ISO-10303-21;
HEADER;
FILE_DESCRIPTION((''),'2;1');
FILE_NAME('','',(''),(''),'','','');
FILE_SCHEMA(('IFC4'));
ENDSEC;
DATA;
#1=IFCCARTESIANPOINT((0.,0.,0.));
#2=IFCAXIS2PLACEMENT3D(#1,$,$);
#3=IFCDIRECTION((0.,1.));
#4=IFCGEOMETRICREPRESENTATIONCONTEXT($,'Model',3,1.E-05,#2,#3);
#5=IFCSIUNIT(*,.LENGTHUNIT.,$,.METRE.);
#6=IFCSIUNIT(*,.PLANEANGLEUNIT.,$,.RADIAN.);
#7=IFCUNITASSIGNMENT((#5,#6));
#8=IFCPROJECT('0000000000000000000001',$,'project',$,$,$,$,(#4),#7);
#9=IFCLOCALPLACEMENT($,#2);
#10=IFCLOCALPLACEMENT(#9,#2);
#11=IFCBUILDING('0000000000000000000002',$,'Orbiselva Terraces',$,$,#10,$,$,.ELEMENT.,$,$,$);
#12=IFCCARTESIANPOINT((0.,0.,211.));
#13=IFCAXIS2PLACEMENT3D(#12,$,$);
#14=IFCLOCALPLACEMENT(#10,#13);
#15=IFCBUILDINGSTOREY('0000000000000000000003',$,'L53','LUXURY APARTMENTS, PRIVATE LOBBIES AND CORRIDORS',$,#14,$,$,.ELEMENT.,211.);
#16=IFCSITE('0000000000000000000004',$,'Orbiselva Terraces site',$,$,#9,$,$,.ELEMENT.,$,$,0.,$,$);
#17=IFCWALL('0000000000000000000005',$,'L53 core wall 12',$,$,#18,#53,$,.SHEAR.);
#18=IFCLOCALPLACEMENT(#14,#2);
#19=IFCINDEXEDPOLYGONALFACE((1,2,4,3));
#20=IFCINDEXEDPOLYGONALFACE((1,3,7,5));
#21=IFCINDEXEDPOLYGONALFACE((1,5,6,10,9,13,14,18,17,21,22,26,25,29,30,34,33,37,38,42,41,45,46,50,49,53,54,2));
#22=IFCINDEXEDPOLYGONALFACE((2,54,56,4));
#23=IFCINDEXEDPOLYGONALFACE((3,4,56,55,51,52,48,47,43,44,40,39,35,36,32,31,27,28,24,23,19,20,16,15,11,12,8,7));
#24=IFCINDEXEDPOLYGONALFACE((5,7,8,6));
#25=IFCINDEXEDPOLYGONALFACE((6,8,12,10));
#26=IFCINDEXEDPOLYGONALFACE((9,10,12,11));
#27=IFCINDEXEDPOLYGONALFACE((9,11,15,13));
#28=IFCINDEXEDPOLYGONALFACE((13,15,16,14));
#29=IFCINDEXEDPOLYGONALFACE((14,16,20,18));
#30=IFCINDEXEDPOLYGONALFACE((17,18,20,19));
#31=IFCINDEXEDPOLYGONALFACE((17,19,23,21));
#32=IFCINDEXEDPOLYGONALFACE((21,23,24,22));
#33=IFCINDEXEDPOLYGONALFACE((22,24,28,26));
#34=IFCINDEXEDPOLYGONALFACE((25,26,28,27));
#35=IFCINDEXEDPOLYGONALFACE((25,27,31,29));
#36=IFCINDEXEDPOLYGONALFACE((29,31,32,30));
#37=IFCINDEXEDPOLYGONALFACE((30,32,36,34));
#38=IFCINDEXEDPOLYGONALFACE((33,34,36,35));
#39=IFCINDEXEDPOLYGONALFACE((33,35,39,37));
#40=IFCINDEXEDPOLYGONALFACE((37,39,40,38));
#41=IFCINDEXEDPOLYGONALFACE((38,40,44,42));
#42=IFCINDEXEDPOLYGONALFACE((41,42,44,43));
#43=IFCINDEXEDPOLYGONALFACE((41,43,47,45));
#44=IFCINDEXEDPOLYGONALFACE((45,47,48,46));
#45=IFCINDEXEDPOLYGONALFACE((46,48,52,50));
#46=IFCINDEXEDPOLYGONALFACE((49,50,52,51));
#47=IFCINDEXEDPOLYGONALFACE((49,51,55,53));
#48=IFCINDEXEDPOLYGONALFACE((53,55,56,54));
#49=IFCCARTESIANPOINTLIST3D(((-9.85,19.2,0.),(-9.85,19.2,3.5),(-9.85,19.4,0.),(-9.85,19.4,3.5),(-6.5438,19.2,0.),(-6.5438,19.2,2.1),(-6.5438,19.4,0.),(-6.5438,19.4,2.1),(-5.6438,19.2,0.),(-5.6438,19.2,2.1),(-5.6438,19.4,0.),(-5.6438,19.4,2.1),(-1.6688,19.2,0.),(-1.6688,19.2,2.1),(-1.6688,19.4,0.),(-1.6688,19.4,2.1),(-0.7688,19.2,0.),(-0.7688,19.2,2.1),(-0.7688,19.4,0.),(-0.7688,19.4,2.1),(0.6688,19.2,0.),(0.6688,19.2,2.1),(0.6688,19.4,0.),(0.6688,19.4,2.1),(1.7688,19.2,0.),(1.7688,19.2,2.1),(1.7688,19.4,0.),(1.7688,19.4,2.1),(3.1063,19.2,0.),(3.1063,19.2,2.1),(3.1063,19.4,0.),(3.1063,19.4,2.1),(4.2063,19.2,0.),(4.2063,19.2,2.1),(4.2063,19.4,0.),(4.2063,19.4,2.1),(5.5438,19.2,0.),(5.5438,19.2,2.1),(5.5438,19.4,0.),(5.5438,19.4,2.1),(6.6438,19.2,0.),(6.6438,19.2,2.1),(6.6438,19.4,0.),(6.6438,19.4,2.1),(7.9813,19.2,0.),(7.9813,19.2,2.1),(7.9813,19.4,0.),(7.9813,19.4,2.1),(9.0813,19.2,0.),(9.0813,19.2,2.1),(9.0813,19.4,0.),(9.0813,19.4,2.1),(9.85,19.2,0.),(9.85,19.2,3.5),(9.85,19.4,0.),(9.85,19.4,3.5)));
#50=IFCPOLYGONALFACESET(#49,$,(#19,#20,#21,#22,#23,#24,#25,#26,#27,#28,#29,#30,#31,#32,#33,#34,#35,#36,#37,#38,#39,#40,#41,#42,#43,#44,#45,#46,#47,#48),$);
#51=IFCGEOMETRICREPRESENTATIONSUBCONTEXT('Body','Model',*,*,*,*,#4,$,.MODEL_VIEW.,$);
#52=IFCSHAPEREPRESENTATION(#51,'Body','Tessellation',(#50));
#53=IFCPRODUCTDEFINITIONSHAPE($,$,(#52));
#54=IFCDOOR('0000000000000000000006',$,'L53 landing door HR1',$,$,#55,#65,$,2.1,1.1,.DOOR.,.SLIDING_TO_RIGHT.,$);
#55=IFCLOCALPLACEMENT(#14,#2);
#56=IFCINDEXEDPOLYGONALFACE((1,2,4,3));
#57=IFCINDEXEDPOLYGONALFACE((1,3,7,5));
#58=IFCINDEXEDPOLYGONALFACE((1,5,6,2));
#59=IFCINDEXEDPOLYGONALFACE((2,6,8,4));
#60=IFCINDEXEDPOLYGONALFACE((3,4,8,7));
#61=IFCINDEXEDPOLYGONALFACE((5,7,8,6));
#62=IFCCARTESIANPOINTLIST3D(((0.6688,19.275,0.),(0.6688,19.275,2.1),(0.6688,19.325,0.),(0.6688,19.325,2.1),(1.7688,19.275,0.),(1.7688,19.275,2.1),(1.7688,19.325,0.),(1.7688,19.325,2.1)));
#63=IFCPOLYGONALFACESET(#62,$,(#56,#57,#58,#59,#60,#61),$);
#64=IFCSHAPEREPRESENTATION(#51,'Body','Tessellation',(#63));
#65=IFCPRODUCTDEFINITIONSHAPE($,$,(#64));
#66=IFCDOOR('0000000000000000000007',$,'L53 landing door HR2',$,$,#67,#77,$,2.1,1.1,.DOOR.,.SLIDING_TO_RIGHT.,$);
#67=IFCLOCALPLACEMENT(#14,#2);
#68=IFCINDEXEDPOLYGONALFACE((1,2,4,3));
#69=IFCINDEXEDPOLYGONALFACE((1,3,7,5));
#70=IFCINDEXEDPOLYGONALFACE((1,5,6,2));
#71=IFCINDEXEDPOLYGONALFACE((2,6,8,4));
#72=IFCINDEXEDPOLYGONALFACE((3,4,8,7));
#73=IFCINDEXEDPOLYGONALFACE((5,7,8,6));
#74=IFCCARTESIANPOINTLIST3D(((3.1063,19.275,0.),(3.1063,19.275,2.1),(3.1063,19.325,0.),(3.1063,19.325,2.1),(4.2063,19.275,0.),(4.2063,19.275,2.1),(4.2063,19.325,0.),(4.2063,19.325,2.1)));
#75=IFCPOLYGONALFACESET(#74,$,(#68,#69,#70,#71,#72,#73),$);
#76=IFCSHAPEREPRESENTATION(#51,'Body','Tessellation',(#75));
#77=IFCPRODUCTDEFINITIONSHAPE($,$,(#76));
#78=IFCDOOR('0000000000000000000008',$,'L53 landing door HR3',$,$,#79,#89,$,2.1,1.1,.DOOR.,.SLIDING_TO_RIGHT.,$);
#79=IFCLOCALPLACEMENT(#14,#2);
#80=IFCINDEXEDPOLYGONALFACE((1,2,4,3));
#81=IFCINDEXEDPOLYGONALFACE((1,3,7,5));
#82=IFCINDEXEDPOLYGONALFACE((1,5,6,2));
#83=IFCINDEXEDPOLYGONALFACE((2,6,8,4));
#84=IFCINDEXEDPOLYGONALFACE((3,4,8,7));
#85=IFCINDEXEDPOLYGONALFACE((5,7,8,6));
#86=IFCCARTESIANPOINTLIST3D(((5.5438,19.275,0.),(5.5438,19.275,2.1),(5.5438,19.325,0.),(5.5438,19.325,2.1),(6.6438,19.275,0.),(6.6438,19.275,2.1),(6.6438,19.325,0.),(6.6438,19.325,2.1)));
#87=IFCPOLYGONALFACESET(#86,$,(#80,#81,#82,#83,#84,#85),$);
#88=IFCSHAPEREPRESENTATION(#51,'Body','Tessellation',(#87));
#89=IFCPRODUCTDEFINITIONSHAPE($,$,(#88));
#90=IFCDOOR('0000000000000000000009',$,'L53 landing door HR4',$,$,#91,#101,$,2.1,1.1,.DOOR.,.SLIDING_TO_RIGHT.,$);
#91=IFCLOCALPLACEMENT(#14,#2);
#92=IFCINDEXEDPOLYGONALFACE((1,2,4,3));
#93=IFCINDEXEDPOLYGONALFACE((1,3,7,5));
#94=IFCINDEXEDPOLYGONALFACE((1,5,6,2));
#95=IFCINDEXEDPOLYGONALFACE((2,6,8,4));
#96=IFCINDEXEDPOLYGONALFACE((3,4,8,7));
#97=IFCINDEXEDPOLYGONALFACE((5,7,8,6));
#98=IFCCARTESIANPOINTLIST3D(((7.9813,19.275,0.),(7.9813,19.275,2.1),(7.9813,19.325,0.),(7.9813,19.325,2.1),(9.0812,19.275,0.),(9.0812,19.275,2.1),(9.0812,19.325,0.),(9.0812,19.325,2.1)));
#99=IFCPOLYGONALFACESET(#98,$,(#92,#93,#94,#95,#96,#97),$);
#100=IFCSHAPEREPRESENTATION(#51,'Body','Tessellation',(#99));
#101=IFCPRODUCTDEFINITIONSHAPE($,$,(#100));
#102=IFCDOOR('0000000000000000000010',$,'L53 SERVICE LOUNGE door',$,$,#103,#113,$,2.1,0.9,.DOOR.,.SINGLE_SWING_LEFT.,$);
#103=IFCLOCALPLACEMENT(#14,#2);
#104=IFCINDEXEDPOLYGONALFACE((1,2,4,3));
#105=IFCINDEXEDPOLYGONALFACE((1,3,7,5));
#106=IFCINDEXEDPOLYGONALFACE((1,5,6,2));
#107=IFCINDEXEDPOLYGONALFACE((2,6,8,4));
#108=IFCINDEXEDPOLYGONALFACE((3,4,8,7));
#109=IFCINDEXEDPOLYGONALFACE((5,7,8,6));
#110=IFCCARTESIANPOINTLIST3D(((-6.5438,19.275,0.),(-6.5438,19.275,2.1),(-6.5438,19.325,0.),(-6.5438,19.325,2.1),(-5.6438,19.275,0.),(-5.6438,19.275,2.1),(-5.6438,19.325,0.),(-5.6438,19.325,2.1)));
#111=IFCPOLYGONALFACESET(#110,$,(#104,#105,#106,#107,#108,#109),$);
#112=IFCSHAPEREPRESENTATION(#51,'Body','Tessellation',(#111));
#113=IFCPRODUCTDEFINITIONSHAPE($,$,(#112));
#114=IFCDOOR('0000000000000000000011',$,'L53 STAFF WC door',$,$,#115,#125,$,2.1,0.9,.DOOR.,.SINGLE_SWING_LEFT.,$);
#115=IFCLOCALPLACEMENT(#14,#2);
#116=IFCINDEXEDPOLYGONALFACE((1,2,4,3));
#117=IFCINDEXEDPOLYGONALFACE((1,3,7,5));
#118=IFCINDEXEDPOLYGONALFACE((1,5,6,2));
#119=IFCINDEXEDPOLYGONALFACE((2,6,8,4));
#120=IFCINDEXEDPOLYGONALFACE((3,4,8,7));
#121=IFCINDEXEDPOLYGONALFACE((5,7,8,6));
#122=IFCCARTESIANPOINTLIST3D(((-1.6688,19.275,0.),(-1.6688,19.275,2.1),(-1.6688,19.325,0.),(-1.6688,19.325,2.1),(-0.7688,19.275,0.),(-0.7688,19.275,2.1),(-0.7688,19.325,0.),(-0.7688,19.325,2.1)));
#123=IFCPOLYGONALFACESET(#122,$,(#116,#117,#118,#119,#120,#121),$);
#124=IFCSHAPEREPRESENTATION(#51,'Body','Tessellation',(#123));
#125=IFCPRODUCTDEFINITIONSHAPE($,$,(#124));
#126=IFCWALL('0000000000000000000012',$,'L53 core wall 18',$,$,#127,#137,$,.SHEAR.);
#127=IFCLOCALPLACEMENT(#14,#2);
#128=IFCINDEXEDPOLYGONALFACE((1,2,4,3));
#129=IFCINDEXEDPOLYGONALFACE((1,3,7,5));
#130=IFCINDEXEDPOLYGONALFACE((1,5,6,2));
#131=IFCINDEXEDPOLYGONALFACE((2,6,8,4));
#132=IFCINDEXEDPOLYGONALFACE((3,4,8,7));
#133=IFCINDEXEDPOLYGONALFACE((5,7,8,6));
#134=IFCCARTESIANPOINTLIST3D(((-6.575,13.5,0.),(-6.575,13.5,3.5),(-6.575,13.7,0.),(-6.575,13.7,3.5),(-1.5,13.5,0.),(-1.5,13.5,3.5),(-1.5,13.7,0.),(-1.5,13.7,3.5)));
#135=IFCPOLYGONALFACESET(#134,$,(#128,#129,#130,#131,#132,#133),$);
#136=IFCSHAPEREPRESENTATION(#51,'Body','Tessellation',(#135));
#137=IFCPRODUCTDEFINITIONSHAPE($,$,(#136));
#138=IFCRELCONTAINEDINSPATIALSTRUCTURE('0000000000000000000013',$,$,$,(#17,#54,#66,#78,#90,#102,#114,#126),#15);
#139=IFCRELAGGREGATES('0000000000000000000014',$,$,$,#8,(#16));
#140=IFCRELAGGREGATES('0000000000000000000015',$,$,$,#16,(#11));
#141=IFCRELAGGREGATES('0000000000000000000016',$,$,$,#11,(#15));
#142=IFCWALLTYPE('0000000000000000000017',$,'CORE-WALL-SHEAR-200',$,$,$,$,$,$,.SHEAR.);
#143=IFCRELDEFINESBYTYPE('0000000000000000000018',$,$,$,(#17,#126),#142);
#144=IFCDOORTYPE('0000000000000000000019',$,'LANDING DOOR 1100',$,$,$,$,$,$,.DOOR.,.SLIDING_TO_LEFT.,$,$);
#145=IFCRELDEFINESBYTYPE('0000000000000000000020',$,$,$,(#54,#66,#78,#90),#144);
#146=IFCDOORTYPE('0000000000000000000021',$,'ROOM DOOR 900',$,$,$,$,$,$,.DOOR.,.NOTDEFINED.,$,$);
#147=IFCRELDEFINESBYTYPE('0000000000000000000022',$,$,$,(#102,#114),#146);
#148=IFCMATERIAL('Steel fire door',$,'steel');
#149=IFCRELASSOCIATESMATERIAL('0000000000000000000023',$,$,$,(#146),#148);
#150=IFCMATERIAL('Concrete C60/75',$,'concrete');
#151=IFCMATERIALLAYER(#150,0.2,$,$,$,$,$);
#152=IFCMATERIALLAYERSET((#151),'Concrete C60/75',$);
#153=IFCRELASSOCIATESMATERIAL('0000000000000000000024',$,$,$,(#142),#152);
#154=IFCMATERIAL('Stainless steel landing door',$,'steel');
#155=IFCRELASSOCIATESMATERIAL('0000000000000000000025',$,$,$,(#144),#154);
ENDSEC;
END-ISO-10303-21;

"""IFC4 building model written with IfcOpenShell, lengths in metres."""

from ifc_helpers import new_model, si_unit, direction, frame, frame_2d, origin, place, context, subcontext, project, spatial, rectangle, extrude, material, layer, layer_set, type_object, element, fill, save


model = new_model("IFC4")

# Units and contexts
model_context = context("Model", 3, precision=1e-05, world=origin(), true_north=direction((0.0, 1.0)))
body_context = subcontext(model_context, "Body", "Model", "MODEL_VIEW")
ifc_project = project(units=[si_unit("LENGTHUNIT", "METRE"), si_unit("PLANEANGLEUNIT", "RADIAN")], contexts=[model_context])

# Site, building, storey
site_placement = place(None, origin())
site = spatial("IfcSite", under=ifc_project, at=site_placement, Name="Orbiselva Terraces site", CompositionType="ELEMENT", RefElevation=0.0)
building_placement = place(site_placement, origin())
building = spatial("IfcBuilding", under=site, at=building_placement, Name="Orbiselva Terraces", CompositionType="ELEMENT")
storey_placement = place(building_placement, frame((0.0, 0.0, 211.0)))
storey = spatial("IfcBuildingStorey", under=building, at=storey_placement, Name="L53", Description="LUXURY APARTMENTS, PRIVATE LOBBIES AND CORRIDORS", CompositionType="ELEMENT", Elevation=211.0)

# Shared definitions
ifc_material_1 = material(Name="Steel fire door", Category="steel")
door_type_1 = type_object("IfcDoorType", Name="ROOM DOOR 900", OperationType="NOTDEFINED", PredefinedType="DOOR", material=ifc_material_1)

# Shared definitions
ifc_material_2 = material(Name="Concrete C60/75", Category="concrete")
ifc_layer_1 = layer(ifc_material_2, 0.2)
ifc_layer_set_1 = layer_set([ifc_layer_1], Name="Concrete C60/75")
wall_type_1 = type_object("IfcWallType", Name="CORE-WALL-SHEAR-200", PredefinedType="SHEAR", material=ifc_layer_set_1)

# Wall, openings, doors
wall_1_placement = place(storey_placement, frame((-9.85, 19.3, 0.0), z_axis=(0.0, 0.0, 1.0), x_axis=(1.0, 0.0, 0.0)))
wall_1 = element("IfcWall", 1, at=wall_1_placement, inside=storey, type_object=wall_type_1, Name="L53 core wall 12", PredefinedType="SHEAR", context=body_context, shape_type="SweptSolid", body=[
    extrude(rectangle(XDim=19.7, YDim=0.2, at=frame_2d((9.85, 0.0))), origin(), (0.0, 0.0, 1.0), 3.5),
])
opening_1_placement = place(wall_1_placement, frame((10.5188, 0.0, 0.0)))
opening_1 = element("IfcOpeningElement", 2, at=opening_1_placement, cuts=wall_1, PredefinedType="OPENING", context=body_context, shape_type="SweptSolid", body=[
    extrude(rectangle(XDim=1.1, YDim=2.1, at=frame_2d((0.55, 1.05))), frame((0.0, 0.11, 0.0), z_axis=(0.0, -1.0, 0.0), x_axis=(1.0, 0.0, 0.0)), (0.0, 0.0, 1.0), 0.22),
])
opening_2_placement = place(wall_1_placement, frame((12.9563, 0.0, 0.0)))
opening_2 = element("IfcOpeningElement", 3, at=opening_2_placement, cuts=wall_1, PredefinedType="OPENING", context=body_context, shape_type="SweptSolid", body=[
    extrude(rectangle(XDim=1.1, YDim=2.1, at=frame_2d((0.55, 1.05))), frame((0.0, 0.11, 0.0), z_axis=(0.0, -1.0, 0.0), x_axis=(1.0, 0.0, 0.0)), (0.0, 0.0, 1.0), 0.22),
])
opening_3_placement = place(wall_1_placement, frame((15.3938, 0.0, 0.0)))
opening_3 = element("IfcOpeningElement", 4, at=opening_3_placement, cuts=wall_1, PredefinedType="OPENING", context=body_context, shape_type="SweptSolid", body=[
    extrude(rectangle(XDim=1.1, YDim=2.1, at=frame_2d((0.55, 1.05))), frame((0.0, 0.11, 0.0), z_axis=(0.0, -1.0, 0.0), x_axis=(1.0, 0.0, 0.0)), (0.0, 0.0, 1.0), 0.22),
])
opening_4_placement = place(wall_1_placement, frame((17.8313, 0.0, 0.0)))
opening_4 = element("IfcOpeningElement", 5, at=opening_4_placement, cuts=wall_1, PredefinedType="OPENING", context=body_context, shape_type="SweptSolid", body=[
    extrude(rectangle(XDim=1.1, YDim=2.1, at=frame_2d((0.55, 1.05))), frame((0.0, 0.11, 0.0), z_axis=(0.0, -1.0, 0.0), x_axis=(1.0, 0.0, 0.0)), (0.0, 0.0, 1.0), 0.22),
])
opening_5_placement = place(wall_1_placement, frame((3.3062, 0.0, 0.0)))
opening_5 = element("IfcOpeningElement", 6, at=opening_5_placement, cuts=wall_1, PredefinedType="OPENING", context=body_context, shape_type="SweptSolid", body=[
    extrude(rectangle(XDim=0.9, YDim=2.1, at=frame_2d((0.45, 1.05))), frame((0.0, 0.11, 0.0), z_axis=(0.0, -1.0, 0.0), x_axis=(1.0, 0.0, 0.0)), (0.0, 0.0, 1.0), 0.22),
])
opening_6_placement = place(wall_1_placement, frame((8.1812, 0.0, 0.0)))
opening_6 = element("IfcOpeningElement", 7, at=opening_6_placement, cuts=wall_1, PredefinedType="OPENING", context=body_context, shape_type="SweptSolid", body=[
    extrude(rectangle(XDim=0.9, YDim=2.1, at=frame_2d((0.45, 1.05))), frame((0.0, 0.11, 0.0), z_axis=(0.0, -1.0, 0.0), x_axis=(1.0, 0.0, 0.0)), (0.0, 0.0, 1.0), 0.22),
])
ifc_material_3 = material(Name="Stainless steel landing door", Category="steel")
door_type_2 = type_object("IfcDoorType", Name="LANDING DOOR 1100", OperationType="SLIDING_TO_LEFT", PredefinedType="DOOR", material=ifc_material_3)
door_1_placement = place(opening_1_placement, origin())
door_1 = element("IfcDoor", 8, at=door_1_placement, inside=storey, type_object=door_type_2, Name="L53 landing door HR1", OperationType="SLIDING_TO_RIGHT", OverallHeight=2.1, OverallWidth=1.1, PredefinedType="DOOR", context=body_context, shape_type="SweptSolid", body=[
    extrude(rectangle(XDim=1.1, YDim=2.1, at=frame_2d((0.55, 1.05))), frame((0.0, 0.025, 0.0), z_axis=(0.0, -1.0, 0.0), x_axis=(1.0, 0.0, 0.0)), (0.0, 0.0, 1.0), 0.05),
])
fill(opening_1, door_1)
door_2_placement = place(opening_2_placement, origin())
door_2 = element("IfcDoor", 9, at=door_2_placement, inside=storey, type_object=door_type_2, Name="L53 landing door HR2", OperationType="SLIDING_TO_RIGHT", OverallHeight=2.1, OverallWidth=1.1, PredefinedType="DOOR", context=body_context, shape_type="SweptSolid", body=[
    extrude(rectangle(XDim=1.1, YDim=2.1, at=frame_2d((0.55, 1.05))), frame((0.0, 0.025, 0.0), z_axis=(0.0, -1.0, 0.0), x_axis=(1.0, 0.0, 0.0)), (0.0, 0.0, 1.0), 0.05),
])
fill(opening_2, door_2)
door_3_placement = place(opening_3_placement, origin())
door_3 = element("IfcDoor", 10, at=door_3_placement, inside=storey, type_object=door_type_2, Name="L53 landing door HR3", OperationType="SLIDING_TO_RIGHT", OverallHeight=2.1, OverallWidth=1.1, PredefinedType="DOOR", context=body_context, shape_type="SweptSolid", body=[
    extrude(rectangle(XDim=1.1, YDim=2.1, at=frame_2d((0.55, 1.05))), frame((0.0, 0.025, 0.0), z_axis=(0.0, -1.0, 0.0), x_axis=(1.0, 0.0, 0.0)), (0.0, 0.0, 1.0), 0.05),
])
fill(opening_3, door_3)
door_4_placement = place(opening_4_placement, origin())
door_4 = element("IfcDoor", 11, at=door_4_placement, inside=storey, type_object=door_type_2, Name="L53 landing door HR4", OperationType="SLIDING_TO_RIGHT", OverallHeight=2.1, OverallWidth=1.1, PredefinedType="DOOR", context=body_context, shape_type="SweptSolid", body=[
    extrude(rectangle(XDim=1.1, YDim=2.1, at=frame_2d((0.55, 1.05))), frame((0.0, 0.025, 0.0), z_axis=(0.0, -1.0, 0.0), x_axis=(1.0, 0.0, 0.0)), (0.0, 0.0, 1.0), 0.05),
])
fill(opening_4, door_4)
door_5_placement = place(opening_5_placement, origin())
door_5 = element("IfcDoor", 12, at=door_5_placement, inside=storey, type_object=door_type_1, Name="L53 SERVICE LOUNGE door", OperationType="SINGLE_SWING_LEFT", OverallHeight=2.1, OverallWidth=0.9, PredefinedType="DOOR", context=body_context, shape_type="SweptSolid", body=[
    extrude(rectangle(XDim=0.9, YDim=2.1, at=frame_2d((0.45, 1.05))), frame((0.0, 0.025, 0.0), z_axis=(0.0, -1.0, 0.0), x_axis=(1.0, 0.0, 0.0)), (0.0, 0.0, 1.0), 0.05),
])
fill(opening_5, door_5)
door_6_placement = place(opening_6_placement, origin())
door_6 = element("IfcDoor", 13, at=door_6_placement, inside=storey, type_object=door_type_1, Name="L53 STAFF WC door", OperationType="SINGLE_SWING_LEFT", OverallHeight=2.1, OverallWidth=0.9, PredefinedType="DOOR", context=body_context, shape_type="SweptSolid", body=[
    extrude(rectangle(XDim=0.9, YDim=2.1, at=frame_2d((0.45, 1.05))), frame((0.0, 0.025, 0.0), z_axis=(0.0, -1.0, 0.0), x_axis=(1.0, 0.0, 0.0)), (0.0, 0.0, 1.0), 0.05),
])
fill(opening_6, door_6)

# Wall
wall_2_placement = place(storey_placement, frame((-6.575, 13.6, 0.0), z_axis=(0.0, 0.0, 1.0), x_axis=(1.0, 0.0, 0.0)))
element("IfcWall", 14, at=wall_2_placement, inside=storey, type_object=wall_type_1, Name="L53 core wall 18", PredefinedType="SHEAR", context=body_context, shape_type="SweptSolid", body=[
    extrude(rectangle(XDim=5.075, YDim=0.2, at=frame_2d((2.5375, 0.0))), origin(), (0.0, 0.0, 1.0), 3.5),
])

save(model, "model.ifc")
